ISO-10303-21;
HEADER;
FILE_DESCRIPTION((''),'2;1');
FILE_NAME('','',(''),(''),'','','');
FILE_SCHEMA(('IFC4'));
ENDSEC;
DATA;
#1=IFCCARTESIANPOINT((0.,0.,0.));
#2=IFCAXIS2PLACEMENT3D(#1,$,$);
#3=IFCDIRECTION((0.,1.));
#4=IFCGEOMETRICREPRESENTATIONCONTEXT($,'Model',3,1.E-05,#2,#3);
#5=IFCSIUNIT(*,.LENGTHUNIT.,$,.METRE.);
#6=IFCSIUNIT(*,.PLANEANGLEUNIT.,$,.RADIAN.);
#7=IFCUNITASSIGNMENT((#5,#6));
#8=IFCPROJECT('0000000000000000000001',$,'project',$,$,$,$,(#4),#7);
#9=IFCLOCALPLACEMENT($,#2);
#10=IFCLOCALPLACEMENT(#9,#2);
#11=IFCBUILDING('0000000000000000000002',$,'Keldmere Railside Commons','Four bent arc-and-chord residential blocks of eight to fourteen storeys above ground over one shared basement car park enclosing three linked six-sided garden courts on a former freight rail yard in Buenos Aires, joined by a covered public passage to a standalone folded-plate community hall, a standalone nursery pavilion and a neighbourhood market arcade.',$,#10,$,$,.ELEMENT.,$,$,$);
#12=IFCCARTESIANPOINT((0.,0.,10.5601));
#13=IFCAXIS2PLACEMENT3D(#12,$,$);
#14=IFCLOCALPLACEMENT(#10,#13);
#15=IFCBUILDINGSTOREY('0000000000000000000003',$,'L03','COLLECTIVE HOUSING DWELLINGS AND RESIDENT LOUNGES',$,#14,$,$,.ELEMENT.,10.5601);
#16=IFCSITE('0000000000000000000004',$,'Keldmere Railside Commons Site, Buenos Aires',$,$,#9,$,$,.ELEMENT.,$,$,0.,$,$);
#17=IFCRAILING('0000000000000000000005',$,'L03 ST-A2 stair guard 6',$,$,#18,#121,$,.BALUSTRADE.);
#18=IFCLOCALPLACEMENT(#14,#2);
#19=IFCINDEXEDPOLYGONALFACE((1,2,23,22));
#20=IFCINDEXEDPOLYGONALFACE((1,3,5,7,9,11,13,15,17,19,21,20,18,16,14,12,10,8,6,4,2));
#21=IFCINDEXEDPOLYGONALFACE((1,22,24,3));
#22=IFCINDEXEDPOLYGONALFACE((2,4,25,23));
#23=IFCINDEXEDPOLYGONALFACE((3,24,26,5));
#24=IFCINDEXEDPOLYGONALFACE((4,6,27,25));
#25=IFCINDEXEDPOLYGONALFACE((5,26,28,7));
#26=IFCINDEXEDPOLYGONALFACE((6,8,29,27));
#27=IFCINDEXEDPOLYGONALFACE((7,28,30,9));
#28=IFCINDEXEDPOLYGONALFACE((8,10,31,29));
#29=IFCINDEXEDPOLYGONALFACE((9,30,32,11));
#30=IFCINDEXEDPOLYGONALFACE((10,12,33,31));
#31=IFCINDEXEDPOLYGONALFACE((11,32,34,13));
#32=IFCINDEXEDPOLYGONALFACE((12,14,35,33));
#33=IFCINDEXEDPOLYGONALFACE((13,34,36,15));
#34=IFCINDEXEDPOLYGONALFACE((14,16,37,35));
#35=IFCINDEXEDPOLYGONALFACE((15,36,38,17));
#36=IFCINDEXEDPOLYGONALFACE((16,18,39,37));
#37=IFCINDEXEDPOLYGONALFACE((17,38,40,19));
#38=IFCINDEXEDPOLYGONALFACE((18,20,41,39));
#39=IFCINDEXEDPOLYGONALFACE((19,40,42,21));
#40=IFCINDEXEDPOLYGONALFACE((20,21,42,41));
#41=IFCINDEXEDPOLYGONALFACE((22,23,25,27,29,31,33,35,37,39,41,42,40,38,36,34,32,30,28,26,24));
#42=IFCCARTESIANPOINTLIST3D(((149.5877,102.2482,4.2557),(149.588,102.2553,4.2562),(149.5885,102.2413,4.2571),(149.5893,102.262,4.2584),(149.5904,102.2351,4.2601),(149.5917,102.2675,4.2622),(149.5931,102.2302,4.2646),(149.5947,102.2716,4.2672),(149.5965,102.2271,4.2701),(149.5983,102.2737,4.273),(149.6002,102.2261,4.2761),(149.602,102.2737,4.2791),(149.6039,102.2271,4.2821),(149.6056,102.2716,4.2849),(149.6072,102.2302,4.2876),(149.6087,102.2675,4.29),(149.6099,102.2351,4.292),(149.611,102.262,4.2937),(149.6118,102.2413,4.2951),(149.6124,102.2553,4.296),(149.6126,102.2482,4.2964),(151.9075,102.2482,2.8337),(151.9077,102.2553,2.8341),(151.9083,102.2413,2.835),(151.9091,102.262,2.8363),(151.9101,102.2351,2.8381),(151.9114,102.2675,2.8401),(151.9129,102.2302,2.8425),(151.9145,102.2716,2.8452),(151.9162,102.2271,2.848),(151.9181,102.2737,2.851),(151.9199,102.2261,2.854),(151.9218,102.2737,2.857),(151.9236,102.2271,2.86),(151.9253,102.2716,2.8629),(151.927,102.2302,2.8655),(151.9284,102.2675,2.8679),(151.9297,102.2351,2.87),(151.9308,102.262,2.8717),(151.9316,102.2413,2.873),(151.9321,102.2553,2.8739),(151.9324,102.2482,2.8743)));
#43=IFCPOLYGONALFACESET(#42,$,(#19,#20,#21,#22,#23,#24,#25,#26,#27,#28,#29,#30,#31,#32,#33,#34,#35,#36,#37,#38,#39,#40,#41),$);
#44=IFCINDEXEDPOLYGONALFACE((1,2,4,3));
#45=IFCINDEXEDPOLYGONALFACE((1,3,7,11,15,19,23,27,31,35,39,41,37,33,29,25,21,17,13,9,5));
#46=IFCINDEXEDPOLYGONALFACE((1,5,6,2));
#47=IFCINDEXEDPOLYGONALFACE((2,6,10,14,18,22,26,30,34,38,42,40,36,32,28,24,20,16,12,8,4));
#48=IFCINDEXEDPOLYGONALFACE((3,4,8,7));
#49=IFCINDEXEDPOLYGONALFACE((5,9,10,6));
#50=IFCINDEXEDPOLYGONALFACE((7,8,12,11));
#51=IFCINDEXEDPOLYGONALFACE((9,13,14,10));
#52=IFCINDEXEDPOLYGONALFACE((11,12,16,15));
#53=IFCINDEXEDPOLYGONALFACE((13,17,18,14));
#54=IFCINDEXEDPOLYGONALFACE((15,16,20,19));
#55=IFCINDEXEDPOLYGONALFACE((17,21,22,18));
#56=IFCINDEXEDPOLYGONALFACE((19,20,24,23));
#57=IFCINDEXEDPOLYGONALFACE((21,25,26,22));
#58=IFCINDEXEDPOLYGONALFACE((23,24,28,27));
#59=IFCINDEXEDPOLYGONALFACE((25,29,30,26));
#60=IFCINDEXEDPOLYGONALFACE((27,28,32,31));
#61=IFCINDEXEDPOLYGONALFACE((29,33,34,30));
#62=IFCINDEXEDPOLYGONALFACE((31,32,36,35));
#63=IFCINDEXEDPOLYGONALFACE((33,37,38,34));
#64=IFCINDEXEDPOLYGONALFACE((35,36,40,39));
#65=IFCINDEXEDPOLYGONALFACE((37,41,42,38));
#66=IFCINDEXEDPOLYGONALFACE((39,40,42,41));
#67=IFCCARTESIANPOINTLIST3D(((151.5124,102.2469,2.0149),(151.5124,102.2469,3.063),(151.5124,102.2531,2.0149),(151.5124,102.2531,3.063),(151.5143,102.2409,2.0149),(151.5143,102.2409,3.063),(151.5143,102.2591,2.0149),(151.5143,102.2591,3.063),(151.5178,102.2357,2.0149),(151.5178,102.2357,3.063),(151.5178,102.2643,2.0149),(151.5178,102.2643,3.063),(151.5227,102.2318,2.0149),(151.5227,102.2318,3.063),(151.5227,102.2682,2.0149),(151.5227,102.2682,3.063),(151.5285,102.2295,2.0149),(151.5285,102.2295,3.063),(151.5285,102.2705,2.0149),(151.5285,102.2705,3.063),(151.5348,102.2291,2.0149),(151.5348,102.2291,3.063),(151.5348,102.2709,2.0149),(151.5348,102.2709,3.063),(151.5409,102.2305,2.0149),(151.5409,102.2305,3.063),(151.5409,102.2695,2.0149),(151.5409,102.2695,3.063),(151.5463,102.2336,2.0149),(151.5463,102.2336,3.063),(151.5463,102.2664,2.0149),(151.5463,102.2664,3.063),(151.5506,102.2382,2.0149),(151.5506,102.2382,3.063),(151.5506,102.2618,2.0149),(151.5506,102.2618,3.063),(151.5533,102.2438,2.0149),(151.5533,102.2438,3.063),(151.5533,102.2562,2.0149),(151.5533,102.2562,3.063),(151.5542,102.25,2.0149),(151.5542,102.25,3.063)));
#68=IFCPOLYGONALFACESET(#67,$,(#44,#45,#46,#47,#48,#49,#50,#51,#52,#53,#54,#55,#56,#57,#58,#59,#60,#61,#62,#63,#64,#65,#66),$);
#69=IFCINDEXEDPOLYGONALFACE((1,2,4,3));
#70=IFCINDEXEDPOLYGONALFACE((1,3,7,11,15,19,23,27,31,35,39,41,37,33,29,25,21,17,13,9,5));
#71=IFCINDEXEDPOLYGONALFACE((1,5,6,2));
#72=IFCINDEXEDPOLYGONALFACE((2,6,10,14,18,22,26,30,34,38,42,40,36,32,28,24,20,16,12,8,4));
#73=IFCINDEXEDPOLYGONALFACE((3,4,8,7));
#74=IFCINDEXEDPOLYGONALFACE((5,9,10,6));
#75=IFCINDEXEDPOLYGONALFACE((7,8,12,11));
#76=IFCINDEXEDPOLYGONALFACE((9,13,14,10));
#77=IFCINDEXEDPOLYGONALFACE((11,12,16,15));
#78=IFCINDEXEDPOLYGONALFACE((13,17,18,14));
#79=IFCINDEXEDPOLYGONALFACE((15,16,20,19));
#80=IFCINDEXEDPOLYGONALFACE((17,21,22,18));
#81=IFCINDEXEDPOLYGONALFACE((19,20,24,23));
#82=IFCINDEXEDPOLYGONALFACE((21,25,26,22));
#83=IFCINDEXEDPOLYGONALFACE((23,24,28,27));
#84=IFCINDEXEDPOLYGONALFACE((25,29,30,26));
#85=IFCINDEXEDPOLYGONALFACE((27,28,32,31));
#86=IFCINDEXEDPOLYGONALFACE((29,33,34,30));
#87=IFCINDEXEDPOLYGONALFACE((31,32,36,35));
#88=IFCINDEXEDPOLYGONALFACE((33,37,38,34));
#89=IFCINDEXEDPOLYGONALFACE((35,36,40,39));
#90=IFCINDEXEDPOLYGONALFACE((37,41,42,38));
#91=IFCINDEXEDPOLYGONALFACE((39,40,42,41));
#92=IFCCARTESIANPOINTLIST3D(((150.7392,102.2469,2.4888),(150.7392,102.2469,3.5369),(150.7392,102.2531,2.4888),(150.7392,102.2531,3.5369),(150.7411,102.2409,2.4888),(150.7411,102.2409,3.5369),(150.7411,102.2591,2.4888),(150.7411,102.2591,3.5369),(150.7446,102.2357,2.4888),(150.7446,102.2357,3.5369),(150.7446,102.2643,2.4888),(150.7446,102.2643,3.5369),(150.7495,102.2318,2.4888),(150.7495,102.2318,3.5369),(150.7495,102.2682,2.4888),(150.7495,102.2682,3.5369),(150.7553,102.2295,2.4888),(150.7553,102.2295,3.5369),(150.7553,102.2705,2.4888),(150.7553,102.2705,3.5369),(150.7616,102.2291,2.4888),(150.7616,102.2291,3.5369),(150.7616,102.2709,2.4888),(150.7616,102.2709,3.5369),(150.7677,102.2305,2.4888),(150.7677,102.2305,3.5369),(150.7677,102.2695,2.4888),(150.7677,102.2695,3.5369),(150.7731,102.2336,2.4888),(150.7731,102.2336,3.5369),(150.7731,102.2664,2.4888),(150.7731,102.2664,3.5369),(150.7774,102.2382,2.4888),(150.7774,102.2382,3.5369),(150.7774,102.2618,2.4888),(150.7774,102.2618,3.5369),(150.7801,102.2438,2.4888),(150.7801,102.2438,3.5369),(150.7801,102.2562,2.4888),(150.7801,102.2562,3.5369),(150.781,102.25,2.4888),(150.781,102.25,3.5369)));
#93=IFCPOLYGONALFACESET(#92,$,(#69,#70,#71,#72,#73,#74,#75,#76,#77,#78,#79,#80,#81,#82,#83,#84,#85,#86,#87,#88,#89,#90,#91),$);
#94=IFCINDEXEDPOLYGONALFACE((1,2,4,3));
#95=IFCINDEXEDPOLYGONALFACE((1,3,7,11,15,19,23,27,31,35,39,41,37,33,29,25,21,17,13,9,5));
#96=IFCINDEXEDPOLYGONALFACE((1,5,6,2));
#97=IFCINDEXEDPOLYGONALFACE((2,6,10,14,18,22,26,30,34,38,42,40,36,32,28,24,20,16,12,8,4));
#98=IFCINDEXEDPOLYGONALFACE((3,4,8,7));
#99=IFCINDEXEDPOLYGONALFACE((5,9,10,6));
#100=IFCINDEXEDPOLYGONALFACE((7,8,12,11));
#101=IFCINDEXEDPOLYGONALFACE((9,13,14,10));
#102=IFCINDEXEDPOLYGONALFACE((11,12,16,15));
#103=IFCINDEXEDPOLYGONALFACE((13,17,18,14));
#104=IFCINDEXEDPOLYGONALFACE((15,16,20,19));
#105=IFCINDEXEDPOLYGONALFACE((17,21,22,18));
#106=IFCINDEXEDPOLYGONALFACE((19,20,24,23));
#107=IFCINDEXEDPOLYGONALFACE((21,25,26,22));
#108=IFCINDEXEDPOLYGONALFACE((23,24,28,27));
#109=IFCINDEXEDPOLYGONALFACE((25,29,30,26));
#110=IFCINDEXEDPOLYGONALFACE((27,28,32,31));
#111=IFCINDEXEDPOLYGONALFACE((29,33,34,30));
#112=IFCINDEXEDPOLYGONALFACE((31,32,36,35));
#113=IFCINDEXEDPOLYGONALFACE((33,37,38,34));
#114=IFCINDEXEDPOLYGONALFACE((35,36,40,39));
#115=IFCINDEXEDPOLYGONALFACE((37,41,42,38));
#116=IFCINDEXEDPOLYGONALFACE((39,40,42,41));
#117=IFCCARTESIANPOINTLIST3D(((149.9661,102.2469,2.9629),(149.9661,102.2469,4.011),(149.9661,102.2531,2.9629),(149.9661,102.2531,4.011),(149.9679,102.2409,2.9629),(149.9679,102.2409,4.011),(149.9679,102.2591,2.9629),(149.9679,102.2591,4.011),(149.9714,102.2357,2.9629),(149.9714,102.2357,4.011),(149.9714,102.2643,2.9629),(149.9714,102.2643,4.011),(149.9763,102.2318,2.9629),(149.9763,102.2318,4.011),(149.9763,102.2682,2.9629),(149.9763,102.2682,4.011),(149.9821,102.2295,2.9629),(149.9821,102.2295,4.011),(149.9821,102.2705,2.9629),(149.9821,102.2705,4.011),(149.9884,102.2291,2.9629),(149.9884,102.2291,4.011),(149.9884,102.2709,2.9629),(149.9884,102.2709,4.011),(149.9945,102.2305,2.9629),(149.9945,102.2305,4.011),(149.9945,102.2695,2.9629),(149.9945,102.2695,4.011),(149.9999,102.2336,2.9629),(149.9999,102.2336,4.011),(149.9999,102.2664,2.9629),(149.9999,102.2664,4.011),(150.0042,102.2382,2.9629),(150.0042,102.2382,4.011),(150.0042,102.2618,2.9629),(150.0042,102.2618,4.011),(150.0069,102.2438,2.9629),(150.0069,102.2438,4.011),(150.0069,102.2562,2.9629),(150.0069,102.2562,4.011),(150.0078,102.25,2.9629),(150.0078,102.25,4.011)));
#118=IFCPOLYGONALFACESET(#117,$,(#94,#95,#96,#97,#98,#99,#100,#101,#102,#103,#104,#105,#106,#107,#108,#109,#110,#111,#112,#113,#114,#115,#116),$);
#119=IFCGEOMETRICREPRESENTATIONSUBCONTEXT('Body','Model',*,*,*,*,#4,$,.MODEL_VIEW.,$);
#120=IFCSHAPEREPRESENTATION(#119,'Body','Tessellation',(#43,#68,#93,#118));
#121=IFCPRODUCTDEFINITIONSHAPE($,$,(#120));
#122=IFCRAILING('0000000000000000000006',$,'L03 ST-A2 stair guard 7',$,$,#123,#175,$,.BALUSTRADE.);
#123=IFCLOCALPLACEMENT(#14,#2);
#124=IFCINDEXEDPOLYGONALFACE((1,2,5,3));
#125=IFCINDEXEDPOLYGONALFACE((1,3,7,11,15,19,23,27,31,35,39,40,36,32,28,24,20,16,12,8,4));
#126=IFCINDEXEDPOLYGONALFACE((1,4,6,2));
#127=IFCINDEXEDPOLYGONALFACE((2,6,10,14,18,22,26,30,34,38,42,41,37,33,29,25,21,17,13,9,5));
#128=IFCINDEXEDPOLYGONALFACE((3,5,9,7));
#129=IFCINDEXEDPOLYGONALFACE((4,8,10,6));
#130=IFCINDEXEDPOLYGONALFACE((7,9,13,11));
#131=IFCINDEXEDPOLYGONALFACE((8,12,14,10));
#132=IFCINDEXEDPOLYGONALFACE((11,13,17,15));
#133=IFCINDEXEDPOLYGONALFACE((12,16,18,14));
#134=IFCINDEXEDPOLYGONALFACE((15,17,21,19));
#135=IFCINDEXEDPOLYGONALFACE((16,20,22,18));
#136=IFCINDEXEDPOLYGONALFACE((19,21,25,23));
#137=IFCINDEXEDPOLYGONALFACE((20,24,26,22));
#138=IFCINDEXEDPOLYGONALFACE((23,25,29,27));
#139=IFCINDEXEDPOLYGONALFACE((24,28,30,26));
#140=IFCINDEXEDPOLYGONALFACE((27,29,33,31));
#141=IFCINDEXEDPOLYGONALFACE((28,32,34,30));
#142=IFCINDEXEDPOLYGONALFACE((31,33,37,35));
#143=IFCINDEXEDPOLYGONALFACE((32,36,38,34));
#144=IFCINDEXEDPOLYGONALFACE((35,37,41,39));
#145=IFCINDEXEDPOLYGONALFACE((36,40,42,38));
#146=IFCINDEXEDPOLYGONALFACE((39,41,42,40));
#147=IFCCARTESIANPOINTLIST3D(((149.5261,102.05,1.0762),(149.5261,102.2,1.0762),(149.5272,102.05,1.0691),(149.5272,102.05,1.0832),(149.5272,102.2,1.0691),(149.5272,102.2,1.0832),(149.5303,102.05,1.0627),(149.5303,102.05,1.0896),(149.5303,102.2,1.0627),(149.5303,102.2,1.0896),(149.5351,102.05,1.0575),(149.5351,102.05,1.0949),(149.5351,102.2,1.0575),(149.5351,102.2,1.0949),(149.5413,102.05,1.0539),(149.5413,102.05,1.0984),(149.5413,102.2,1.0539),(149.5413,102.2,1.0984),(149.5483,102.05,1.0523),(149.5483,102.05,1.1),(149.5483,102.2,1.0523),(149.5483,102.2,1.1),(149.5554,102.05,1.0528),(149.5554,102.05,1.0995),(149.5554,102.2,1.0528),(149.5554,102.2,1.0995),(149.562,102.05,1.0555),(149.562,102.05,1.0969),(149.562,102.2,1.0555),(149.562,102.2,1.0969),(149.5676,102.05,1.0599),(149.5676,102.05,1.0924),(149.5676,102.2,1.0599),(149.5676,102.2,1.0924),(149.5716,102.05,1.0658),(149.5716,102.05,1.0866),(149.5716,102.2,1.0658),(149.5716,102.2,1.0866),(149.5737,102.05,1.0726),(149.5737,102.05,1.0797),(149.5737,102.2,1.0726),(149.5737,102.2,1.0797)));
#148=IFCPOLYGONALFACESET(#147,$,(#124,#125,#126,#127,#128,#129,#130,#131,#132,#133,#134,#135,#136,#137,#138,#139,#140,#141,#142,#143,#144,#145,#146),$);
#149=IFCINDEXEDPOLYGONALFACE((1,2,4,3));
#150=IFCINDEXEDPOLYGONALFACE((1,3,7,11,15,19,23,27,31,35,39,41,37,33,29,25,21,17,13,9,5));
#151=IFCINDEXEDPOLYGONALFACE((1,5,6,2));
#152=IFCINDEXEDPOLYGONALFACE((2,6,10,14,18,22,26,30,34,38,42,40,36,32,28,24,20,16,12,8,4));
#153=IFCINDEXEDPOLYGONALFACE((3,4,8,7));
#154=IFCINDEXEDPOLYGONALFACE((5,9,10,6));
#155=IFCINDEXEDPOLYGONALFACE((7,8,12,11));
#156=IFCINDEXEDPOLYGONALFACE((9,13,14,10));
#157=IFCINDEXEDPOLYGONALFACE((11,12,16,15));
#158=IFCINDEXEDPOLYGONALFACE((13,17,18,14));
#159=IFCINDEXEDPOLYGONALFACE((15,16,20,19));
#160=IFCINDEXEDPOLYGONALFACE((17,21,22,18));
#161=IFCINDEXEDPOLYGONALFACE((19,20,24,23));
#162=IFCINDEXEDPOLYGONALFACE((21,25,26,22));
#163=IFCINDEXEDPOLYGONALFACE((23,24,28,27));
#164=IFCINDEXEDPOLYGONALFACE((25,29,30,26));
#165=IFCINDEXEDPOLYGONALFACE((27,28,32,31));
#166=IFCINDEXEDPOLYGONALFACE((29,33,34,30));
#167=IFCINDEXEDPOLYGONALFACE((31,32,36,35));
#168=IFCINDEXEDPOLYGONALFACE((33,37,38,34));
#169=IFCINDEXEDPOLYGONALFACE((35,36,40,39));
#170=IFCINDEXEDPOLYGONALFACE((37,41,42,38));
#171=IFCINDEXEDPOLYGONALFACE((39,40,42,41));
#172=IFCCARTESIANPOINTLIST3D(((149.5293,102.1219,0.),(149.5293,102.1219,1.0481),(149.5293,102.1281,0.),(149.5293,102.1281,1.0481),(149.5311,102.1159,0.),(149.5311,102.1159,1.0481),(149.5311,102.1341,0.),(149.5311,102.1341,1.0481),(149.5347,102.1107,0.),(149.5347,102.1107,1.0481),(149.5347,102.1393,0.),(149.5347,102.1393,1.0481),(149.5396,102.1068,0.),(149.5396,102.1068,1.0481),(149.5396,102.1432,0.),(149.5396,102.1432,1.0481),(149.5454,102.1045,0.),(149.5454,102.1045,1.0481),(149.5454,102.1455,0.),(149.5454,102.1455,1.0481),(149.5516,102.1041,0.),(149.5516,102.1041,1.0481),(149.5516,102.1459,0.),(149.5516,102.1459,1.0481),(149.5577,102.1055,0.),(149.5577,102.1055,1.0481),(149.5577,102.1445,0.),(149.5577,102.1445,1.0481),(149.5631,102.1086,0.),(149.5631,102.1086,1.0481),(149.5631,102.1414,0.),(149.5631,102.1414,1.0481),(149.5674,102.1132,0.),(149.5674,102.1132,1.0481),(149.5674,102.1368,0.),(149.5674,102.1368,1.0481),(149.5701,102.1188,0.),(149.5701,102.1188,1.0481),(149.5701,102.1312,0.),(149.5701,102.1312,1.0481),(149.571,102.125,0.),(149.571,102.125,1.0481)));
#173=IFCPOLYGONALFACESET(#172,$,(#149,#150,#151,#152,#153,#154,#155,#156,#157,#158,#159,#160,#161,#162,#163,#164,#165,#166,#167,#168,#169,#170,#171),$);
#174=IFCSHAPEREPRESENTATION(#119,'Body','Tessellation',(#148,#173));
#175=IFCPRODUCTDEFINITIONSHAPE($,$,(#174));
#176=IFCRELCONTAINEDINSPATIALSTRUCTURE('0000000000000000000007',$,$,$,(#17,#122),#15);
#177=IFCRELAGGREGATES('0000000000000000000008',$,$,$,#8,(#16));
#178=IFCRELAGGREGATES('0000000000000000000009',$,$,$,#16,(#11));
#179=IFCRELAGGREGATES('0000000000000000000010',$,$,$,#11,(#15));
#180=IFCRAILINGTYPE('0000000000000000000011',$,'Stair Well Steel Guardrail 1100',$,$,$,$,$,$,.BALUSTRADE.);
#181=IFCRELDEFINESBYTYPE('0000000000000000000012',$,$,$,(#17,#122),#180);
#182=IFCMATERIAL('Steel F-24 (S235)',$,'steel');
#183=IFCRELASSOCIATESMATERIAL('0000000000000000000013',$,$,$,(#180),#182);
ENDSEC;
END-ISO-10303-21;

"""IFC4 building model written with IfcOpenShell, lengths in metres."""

from ifc_helpers import new_model, si_unit, direction, frame, origin, origin_2d, place, context, subcontext, project, spatial, circle, extrude, material, type_object, element, save


model = new_model("IFC4")

# Units and contexts
model_context = context("Model", 3, precision=1e-05, world=origin(), true_north=direction((0.0, 1.0)))
body_context = subcontext(model_context, "Body", "Model", "MODEL_VIEW")
ifc_project = project(units=[si_unit("LENGTHUNIT", "METRE"), si_unit("PLANEANGLEUNIT", "RADIAN")], contexts=[model_context])

# Site, building, storey
site_placement = place(None, origin())
site = spatial("IfcSite", under=ifc_project, at=site_placement, Name="Keldmere Railside Commons Site, Buenos Aires", CompositionType="ELEMENT", RefElevation=0.0)
building_placement = place(site_placement, origin())
building = spatial("IfcBuilding", under=site, at=building_placement, Name="Keldmere Railside Commons", Description="Four bent arc-and-chord residential blocks of eight to fourteen storeys above ground over one shared basement car park enclosing three linked six-sided garden courts on a former freight rail yard in Buenos Aires, joined by a covered public passage to a standalone folded-plate community hall, a standalone nursery pavilion and a neighbourhood market arcade.", CompositionType="ELEMENT")
storey_placement = place(building_placement, frame((0.0, 0.0, 10.5601)))
storey = spatial("IfcBuildingStorey", under=building, at=storey_placement, Name="L03", Description="COLLECTIVE HOUSING DWELLINGS AND RESIDENT LOUNGES", CompositionType="ELEMENT", Elevation=10.5601)

# Railings
ifc_material_1 = material(Name="Steel F-24 (S235)", Category="steel")
railing_type_1 = type_object("IfcRailingType", Name="Stair Well Steel Guardrail 1100", PredefinedType="BALUSTRADE", material=ifc_material_1)
railing_1_placement = place(storey_placement, frame((151.9199, 102.25, 1.7778)))
element("IfcRailing", 1, at=railing_1_placement, inside=storey, type_object=railing_type_1, Name="L03 ST-A2 stair guard 6", PredefinedType="BALUSTRADE", context=body_context, shape_type="SweptSolid", body=[
    extrude(circle(Radius=0.0239, at=origin_2d()), frame((0.0, 0.0, 1.0762), z_axis=(-0.852554, 0.0, 0.52264), x_axis=(0.0, -1.0, 0.0)), (0.0, 0.0, 1.0), 2.7209),
    extrude(circle(Radius=0.021, at=origin_2d()), frame((-0.3867, 0.0, 0.2371)), (0.0, 0.0, 1.0), 1.0481),
    extrude(circle(Radius=0.021, at=origin_2d()), frame((-1.1599, 0.0, 0.7109)), (0.0, 0.0, 1.0), 1.0481),
    extrude(circle(Radius=0.021, at=origin_2d()), frame((-1.9331, 0.0, 1.1851)), (0.0, 0.0, 1.0), 1.0481),
])
railing_2_placement = place(storey_placement, frame((149.55, 102.05, 0.0)))
element("IfcRailing", 2, at=railing_2_placement, inside=storey, type_object=railing_type_1, Name="L03 ST-A2 stair guard 7", PredefinedType="BALUSTRADE", context=body_context, shape_type="SweptSolid", body=[
    extrude(circle(Radius=0.0239, at=origin_2d()), frame((0.0, 0.0, 1.0762), z_axis=(0.0, 1.0, 0.0), x_axis=(-1.0, 0.0, 0.0)), (0.0, 0.0, 1.0), 0.1499),
    extrude(circle(Radius=0.021, at=origin_2d()), frame((0.0, 0.075, 0.0)), (0.0, 0.0, 1.0), 1.0481),
])

save(model, "model.ifc")
